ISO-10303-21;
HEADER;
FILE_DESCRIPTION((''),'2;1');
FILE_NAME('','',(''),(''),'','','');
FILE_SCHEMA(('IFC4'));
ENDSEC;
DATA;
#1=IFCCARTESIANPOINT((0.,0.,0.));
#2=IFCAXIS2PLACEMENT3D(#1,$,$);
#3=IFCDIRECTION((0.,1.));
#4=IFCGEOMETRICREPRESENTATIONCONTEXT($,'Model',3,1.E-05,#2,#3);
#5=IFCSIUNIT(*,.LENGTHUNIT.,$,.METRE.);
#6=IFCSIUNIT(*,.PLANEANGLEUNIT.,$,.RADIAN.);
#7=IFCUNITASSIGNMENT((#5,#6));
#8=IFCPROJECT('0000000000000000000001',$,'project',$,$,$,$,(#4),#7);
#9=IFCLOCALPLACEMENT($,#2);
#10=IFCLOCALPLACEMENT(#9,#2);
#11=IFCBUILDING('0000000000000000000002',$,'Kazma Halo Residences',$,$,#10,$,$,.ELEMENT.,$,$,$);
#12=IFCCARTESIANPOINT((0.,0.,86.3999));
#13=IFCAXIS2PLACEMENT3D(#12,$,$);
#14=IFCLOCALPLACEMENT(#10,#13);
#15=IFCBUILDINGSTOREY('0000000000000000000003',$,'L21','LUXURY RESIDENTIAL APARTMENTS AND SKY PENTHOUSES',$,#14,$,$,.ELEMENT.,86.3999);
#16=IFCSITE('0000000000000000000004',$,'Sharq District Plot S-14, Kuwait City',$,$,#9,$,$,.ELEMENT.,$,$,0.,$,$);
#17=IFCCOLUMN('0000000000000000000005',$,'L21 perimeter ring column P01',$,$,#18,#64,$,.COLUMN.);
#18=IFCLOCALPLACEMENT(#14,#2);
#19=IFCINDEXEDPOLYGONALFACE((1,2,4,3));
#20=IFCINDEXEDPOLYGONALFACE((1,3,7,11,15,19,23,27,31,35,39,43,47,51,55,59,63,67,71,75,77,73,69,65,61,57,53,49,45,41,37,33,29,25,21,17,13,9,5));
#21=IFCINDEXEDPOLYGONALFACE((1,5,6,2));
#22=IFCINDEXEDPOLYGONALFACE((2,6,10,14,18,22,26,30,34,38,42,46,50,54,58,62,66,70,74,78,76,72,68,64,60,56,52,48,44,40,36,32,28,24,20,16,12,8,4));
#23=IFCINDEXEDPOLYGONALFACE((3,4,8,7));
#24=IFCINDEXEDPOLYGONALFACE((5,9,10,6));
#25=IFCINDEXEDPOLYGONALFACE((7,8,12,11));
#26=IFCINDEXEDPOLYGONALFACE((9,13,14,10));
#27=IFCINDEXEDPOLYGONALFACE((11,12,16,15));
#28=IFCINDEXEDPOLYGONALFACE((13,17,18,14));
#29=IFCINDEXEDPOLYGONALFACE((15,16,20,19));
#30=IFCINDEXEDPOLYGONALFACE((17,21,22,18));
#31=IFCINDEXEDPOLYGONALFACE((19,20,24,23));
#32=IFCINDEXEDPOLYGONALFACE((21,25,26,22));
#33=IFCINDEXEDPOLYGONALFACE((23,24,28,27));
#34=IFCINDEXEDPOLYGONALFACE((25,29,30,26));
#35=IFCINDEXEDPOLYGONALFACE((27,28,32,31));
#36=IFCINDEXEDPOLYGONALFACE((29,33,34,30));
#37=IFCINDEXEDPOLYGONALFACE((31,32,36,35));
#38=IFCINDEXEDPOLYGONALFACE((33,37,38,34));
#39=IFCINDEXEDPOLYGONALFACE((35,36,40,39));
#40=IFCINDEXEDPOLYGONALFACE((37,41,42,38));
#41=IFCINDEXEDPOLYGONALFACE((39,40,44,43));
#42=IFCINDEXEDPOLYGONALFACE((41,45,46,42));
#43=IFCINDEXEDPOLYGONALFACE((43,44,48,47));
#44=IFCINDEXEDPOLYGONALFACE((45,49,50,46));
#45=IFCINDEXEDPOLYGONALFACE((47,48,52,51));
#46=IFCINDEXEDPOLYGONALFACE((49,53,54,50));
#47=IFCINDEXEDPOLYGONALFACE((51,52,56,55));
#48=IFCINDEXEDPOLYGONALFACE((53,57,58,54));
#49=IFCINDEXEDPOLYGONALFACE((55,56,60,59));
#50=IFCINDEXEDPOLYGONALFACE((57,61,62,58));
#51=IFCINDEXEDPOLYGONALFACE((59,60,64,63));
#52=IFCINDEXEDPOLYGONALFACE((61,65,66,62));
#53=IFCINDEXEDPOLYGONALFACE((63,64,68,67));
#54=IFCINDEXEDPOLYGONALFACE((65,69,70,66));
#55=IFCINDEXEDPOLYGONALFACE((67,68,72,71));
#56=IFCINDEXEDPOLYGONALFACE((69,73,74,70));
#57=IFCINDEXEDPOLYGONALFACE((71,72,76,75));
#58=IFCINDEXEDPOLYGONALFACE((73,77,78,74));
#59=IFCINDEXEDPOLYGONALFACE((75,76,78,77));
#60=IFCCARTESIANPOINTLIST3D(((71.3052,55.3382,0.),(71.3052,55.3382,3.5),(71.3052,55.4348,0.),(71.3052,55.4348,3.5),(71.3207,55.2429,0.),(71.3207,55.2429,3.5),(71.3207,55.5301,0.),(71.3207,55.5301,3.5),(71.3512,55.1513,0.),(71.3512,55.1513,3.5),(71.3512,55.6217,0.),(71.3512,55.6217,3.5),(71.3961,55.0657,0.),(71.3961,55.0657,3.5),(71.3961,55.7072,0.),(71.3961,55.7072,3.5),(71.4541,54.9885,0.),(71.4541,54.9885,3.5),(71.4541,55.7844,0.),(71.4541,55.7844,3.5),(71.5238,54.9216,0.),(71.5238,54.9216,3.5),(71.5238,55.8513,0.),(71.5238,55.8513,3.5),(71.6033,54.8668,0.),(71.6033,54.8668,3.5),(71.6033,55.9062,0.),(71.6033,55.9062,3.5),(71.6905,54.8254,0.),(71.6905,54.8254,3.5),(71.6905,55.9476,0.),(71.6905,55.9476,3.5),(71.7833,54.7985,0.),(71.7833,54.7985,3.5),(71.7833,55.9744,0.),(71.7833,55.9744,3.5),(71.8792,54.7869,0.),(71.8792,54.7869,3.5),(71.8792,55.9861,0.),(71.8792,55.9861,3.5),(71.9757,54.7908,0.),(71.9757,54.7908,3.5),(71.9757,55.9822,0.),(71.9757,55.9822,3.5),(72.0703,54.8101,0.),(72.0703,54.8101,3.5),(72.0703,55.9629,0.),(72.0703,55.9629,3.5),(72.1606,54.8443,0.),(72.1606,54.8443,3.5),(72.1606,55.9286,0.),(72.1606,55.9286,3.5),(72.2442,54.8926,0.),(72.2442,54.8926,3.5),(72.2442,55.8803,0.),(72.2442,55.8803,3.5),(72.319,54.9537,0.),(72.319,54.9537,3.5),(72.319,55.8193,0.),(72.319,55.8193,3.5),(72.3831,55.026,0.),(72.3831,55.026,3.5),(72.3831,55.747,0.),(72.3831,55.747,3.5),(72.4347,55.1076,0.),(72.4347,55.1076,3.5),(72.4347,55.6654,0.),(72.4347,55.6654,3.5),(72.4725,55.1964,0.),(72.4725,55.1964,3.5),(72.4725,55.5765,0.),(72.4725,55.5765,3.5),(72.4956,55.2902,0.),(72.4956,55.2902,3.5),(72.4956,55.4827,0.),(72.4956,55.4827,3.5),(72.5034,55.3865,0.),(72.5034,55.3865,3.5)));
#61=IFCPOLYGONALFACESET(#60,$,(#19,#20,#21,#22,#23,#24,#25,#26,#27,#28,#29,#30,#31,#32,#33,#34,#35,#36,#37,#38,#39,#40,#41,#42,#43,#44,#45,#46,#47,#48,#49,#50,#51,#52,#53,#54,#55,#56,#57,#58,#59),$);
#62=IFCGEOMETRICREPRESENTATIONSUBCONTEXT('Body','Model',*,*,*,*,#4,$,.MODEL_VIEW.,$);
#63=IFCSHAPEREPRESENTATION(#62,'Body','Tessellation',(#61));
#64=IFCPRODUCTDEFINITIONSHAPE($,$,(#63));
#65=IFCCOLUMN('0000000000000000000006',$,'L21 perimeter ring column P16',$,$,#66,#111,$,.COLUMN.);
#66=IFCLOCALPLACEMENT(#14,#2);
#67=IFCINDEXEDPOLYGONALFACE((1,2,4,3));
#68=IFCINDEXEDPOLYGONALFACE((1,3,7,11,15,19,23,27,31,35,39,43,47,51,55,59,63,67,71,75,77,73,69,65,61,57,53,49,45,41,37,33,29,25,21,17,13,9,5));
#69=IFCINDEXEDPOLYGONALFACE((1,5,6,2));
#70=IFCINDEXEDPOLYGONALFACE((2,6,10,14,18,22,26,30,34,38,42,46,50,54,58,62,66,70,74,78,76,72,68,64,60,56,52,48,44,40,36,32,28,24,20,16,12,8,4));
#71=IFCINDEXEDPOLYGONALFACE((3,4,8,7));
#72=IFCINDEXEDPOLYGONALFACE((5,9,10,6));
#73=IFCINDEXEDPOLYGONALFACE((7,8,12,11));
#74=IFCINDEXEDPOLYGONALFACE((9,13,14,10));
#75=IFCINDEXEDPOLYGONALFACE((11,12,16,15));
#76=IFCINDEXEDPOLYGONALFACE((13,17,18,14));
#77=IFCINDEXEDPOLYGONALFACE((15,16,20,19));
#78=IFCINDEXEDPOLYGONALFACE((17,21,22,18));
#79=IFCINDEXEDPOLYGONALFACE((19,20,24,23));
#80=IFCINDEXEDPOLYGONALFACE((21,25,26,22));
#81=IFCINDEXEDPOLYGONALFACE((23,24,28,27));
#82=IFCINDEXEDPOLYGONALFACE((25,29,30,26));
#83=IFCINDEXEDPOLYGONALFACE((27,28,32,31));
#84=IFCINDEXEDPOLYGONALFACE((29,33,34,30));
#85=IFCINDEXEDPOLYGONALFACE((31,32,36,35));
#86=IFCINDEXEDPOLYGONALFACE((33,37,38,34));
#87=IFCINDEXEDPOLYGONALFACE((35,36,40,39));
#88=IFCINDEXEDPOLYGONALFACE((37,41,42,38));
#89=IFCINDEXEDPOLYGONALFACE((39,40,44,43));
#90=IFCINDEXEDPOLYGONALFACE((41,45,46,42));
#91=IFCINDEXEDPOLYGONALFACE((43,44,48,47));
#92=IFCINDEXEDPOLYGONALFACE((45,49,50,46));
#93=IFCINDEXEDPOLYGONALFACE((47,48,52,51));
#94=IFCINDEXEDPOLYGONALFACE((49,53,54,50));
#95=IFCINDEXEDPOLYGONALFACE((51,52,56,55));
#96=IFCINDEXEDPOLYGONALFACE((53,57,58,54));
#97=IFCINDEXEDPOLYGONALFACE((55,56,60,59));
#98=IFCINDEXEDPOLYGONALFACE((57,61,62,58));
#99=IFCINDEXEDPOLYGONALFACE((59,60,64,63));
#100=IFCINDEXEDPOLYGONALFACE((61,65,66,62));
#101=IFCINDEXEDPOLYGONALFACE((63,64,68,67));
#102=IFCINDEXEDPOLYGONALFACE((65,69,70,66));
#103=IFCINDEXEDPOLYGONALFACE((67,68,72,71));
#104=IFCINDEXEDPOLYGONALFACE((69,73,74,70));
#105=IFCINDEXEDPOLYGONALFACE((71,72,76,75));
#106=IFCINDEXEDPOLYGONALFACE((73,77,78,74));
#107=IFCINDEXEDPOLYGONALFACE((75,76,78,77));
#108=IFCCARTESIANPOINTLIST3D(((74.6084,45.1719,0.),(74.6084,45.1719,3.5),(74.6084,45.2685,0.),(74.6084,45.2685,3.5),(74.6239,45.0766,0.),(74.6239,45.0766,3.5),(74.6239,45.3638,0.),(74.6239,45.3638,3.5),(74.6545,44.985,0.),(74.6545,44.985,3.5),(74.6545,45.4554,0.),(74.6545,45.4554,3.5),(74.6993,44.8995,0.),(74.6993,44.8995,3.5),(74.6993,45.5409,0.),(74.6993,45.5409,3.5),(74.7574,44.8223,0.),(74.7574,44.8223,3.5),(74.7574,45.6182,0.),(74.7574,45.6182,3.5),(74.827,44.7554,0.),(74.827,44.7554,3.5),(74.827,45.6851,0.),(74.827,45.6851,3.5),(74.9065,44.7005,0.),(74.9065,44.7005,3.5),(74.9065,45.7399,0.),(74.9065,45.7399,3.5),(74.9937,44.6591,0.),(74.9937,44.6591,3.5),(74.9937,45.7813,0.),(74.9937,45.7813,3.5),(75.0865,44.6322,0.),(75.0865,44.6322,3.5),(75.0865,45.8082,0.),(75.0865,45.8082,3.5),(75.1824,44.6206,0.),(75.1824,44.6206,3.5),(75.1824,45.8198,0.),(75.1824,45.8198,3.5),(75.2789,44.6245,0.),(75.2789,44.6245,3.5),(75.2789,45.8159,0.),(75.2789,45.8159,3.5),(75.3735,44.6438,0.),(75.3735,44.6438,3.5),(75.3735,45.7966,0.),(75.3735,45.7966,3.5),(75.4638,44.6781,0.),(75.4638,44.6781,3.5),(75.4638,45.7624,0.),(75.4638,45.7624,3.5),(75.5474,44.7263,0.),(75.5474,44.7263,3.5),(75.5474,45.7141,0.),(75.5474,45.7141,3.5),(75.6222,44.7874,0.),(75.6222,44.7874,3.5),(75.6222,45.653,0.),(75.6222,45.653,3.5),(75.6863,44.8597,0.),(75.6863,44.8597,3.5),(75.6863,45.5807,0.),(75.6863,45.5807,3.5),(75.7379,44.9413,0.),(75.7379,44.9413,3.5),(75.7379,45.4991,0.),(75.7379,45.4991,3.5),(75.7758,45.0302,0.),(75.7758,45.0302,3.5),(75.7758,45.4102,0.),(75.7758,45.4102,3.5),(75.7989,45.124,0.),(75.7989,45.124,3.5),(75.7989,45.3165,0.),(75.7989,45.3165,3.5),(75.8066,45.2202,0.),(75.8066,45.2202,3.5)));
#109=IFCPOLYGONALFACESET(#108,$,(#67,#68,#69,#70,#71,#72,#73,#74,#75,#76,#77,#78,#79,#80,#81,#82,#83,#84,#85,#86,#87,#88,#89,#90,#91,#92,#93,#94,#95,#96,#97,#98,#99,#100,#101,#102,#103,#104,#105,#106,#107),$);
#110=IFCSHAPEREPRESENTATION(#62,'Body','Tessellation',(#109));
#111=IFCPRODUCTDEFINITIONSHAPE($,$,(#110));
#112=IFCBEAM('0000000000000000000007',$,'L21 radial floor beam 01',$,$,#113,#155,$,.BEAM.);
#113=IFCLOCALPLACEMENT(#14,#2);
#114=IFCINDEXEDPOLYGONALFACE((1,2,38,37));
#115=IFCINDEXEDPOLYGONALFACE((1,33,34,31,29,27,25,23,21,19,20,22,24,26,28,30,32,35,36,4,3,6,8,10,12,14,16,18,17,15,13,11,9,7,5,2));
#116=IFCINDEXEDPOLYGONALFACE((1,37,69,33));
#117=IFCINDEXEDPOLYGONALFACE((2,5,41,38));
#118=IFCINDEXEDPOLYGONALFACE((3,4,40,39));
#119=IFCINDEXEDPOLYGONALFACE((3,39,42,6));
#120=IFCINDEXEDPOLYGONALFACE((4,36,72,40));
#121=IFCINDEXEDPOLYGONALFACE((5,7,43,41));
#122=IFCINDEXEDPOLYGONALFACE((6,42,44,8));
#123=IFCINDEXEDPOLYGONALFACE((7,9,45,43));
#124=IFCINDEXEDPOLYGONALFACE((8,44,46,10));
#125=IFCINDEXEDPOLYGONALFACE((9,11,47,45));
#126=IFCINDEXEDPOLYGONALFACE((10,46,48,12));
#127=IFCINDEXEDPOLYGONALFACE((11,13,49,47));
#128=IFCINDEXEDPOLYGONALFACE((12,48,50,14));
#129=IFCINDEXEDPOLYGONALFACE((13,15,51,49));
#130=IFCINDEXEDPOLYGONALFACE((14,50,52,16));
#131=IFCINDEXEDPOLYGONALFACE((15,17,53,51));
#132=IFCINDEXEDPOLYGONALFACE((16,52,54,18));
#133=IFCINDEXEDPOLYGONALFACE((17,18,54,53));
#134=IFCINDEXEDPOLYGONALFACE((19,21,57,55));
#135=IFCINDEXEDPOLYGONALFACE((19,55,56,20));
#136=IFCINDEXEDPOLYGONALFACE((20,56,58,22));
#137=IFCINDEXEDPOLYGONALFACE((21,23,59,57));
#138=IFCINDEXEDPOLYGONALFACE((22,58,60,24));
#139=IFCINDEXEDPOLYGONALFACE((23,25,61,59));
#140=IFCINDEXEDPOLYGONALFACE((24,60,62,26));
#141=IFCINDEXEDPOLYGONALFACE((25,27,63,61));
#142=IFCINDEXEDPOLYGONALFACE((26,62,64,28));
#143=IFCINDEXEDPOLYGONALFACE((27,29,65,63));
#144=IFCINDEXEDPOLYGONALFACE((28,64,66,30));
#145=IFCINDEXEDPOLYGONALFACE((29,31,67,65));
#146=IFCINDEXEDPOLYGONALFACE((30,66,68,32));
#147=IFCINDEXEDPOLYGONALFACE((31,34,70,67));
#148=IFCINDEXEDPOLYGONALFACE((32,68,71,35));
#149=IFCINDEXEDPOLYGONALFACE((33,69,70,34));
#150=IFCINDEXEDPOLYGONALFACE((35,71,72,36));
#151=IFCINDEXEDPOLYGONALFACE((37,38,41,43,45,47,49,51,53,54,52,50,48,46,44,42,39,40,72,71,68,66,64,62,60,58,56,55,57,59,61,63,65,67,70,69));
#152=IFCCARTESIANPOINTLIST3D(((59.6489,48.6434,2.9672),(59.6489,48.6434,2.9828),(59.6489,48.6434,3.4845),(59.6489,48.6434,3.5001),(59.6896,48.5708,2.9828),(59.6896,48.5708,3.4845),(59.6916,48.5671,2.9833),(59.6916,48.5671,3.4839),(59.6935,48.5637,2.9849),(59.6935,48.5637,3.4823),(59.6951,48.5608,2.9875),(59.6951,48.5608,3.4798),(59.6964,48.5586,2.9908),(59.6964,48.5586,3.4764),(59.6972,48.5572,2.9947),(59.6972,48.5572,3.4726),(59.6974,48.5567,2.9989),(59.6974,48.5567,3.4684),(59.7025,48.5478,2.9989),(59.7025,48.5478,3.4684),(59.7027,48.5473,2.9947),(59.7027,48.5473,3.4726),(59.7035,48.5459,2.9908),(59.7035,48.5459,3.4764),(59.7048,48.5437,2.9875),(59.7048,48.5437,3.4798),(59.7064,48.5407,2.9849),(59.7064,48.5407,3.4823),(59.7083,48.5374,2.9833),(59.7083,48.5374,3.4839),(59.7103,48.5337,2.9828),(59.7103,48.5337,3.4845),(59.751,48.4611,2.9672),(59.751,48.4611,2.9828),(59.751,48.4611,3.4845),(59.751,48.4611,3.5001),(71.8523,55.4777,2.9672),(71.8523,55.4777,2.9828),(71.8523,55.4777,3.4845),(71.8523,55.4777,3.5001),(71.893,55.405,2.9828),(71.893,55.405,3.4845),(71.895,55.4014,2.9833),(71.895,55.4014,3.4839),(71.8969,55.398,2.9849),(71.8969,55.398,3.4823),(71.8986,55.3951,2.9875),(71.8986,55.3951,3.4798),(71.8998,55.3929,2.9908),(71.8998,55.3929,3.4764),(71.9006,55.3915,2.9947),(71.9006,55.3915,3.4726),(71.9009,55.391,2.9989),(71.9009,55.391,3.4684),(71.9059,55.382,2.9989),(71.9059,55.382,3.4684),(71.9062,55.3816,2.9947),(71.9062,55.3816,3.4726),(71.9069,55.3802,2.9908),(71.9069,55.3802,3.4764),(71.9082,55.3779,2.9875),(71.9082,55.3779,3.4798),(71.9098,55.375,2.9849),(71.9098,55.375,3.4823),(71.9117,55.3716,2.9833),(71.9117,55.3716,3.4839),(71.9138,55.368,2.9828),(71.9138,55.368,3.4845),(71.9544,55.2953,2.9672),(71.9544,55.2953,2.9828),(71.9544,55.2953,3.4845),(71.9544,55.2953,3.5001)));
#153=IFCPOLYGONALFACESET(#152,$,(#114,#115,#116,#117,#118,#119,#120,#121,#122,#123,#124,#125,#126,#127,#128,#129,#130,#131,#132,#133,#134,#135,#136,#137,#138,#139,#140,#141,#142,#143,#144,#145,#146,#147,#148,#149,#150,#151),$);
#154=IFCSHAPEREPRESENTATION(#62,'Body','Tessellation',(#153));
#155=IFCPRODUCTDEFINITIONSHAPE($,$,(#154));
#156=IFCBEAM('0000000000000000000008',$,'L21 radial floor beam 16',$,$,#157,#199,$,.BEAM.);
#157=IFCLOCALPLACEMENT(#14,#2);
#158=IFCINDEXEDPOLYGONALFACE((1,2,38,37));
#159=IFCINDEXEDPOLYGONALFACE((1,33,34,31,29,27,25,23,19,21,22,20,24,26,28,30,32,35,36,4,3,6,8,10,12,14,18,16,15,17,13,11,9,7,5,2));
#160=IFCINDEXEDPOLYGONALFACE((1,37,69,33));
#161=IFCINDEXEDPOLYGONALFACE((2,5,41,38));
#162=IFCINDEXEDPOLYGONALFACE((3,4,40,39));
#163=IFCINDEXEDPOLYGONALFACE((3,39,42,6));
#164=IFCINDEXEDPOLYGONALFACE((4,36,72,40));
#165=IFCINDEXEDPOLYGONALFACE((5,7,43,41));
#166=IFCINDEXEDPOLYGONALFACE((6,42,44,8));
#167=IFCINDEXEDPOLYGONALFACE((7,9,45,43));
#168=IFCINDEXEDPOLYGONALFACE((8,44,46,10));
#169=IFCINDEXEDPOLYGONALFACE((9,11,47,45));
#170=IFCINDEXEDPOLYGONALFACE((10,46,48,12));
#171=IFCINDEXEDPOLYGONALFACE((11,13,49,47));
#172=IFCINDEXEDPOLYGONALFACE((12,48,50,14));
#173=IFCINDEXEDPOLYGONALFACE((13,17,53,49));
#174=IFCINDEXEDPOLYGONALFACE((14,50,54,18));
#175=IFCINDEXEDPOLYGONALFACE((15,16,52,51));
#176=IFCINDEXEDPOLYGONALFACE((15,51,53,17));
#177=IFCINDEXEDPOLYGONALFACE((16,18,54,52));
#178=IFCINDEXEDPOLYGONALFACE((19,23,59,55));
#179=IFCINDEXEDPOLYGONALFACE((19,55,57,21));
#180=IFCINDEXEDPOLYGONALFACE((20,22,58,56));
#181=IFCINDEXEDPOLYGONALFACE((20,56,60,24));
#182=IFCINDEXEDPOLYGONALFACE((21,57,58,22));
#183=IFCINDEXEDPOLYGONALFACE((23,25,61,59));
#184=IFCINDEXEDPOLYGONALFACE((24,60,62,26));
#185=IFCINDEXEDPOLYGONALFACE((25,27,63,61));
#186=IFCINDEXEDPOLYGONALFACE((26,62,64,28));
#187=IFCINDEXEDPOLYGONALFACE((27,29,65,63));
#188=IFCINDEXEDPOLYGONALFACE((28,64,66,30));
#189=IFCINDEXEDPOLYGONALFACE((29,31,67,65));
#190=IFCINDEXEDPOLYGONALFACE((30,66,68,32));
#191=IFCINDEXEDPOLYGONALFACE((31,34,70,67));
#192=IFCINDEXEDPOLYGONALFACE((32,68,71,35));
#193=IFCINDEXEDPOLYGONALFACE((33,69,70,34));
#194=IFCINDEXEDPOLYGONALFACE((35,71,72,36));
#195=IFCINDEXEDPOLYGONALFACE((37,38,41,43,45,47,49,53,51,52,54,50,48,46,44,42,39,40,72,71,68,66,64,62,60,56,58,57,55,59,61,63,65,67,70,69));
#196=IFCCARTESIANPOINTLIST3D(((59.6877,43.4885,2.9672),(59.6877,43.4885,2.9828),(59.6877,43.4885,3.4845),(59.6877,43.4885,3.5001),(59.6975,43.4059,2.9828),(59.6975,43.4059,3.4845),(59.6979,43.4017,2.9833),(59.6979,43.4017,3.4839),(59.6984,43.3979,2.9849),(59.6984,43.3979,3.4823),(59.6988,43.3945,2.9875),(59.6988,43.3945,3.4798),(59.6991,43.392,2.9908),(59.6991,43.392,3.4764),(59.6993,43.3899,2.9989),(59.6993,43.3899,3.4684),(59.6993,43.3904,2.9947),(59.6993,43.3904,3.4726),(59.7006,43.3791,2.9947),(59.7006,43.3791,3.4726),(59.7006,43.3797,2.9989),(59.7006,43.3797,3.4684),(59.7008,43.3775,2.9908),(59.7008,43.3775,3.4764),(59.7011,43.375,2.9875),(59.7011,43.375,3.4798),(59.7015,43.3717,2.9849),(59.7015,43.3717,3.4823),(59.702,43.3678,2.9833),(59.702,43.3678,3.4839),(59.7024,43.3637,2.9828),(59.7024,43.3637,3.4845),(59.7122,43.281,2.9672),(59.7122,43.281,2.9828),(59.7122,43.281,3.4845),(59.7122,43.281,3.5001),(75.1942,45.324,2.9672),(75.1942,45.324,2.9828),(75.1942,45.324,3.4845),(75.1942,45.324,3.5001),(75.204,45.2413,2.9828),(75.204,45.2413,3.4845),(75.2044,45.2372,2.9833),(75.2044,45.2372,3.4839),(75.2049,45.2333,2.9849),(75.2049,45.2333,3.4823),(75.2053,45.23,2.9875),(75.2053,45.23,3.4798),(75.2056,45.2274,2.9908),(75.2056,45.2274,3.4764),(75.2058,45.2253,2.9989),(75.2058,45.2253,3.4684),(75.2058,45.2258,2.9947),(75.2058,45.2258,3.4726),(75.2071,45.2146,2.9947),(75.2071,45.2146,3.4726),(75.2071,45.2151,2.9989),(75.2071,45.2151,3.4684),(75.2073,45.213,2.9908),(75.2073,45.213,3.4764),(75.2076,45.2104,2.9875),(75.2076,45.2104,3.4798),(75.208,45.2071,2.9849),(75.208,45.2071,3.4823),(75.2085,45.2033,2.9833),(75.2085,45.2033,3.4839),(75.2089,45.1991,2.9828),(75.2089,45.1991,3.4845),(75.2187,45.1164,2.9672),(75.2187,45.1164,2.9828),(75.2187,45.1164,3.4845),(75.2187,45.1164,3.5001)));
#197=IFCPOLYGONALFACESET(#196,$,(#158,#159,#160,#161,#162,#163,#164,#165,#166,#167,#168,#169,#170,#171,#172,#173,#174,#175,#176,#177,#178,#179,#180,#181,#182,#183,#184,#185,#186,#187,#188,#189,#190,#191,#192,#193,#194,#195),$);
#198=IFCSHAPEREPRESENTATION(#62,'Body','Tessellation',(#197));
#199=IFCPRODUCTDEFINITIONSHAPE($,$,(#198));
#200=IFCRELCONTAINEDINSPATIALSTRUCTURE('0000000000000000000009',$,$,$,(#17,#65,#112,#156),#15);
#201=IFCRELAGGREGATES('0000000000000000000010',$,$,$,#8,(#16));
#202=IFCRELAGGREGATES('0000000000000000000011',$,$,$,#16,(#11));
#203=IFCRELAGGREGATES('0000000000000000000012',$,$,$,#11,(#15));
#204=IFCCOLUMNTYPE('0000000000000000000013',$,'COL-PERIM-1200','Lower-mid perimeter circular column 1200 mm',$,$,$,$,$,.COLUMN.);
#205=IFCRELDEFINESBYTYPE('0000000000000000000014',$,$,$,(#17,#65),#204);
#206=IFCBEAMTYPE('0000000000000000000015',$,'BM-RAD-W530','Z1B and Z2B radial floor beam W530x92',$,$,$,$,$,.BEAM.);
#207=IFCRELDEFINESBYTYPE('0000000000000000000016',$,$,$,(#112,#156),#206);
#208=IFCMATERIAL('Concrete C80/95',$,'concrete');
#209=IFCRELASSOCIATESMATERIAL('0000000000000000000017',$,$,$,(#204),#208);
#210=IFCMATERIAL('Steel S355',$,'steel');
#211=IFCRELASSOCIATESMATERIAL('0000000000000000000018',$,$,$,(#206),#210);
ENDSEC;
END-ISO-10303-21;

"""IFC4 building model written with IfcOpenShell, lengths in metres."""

from ifc_helpers import new_model, si_unit, direction, frame, origin, origin_2d, place, context, subcontext, project, spatial, circle, i_section, extrude, material, material_profile, profile_set, type_object, element, save


model = new_model("IFC4")

# Units and contexts
model_context = context("Model", 3, precision=1e-05, world=origin(), true_north=direction((0.0, 1.0)))
body_context = subcontext(model_context, "Body", "Model", "MODEL_VIEW")
ifc_project = project(units=[si_unit("LENGTHUNIT", "METRE"), si_unit("PLANEANGLEUNIT", "RADIAN")], contexts=[model_context])

# Site, building, storey
site_placement = place(None, origin())
site = spatial("IfcSite", under=ifc_project, at=site_placement, Name="Sharq District Plot S-14, Kuwait City", CompositionType="ELEMENT", RefElevation=0.0)
building_placement = place(site_placement, origin())
building = spatial("IfcBuilding", under=site, at=building_placement, Name="Kazma Halo Residences", CompositionType="ELEMENT")
storey_placement = place(building_placement, frame((0.0, 0.0, 86.3999)))
storey = spatial("IfcBuildingStorey", under=building, at=storey_placement, Name="L21", Description="LUXURY RESIDENTIAL APARTMENTS AND SKY PENTHOUSES", CompositionType="ELEMENT", Elevation=86.3999)

# Columns
ifc_material_1 = material(Name="Concrete C80/95", Category="concrete")
ifc_material_profile_1 = material_profile(ifc_material_1, circle(Radius=0.6001, at=origin_2d()), Name="CIRC1200")
ifc_profile_set_1 = profile_set([ifc_material_profile_1], Name="Concrete C80/95")
column_type = type_object("IfcColumnType", Name="COL-PERIM-1200", Description="Lower-mid perimeter circular column 1200 mm", PredefinedType="COLUMN", material=ifc_profile_set_1)
for number, where, z_axis, x_axis, name in (
    (1, (71.9033, 55.3865, 0.0), (0.0, 0.0, 1.0), (1.0, 0.0, 0.0), "L21 perimeter ring column P01"),
    (2, (75.2065, 45.2202, 0.0), (0.0, 0.0, 1.0), (1.0, 0.0, 0.0), "L21 perimeter ring column P16"),
):
    element("IfcColumn", number, at=place(storey_placement, frame(where, z_axis=z_axis, x_axis=x_axis)), inside=storey, type_object=column_type, Name=name, PredefinedType="COLUMN", context=body_context, shape_type="SweptSolid", body=[
        extrude(circle(Radius=0.6001, at=origin_2d()), origin(), (0.0, 0.0, 1.0), 3.5),
    ])

# Beams
ifc_material_2 = material(Name="Steel S355", Category="steel")
ifc_material_profile_2 = material_profile(ifc_material_2, i_section(OverallWidth=0.209, OverallDepth=0.533, WebThickness=0.0103, FlangeThickness=0.0156, FilletRadius=0.0161, at=origin_2d()), Name="W530x92")
ifc_profile_set_2 = profile_set([ifc_material_profile_2], Name="Steel S355")
beam_type_1 = type_object("IfcBeamType", Name="BM-RAD-W530", Description="Z1B and Z2B radial floor beam W530x92", PredefinedType="BEAM", material=ifc_profile_set_2)
beam_1_placement = place(storey_placement, frame((59.7, 48.5522, 3.2336), z_axis=(0.872496, 0.488622, 0.0), x_axis=(-0.488622, 0.872496, 0.0)))
element("IfcBeam", 3, at=beam_1_placement, inside=storey, type_object=beam_type_1, Name="L21 radial floor beam 01", PredefinedType="BEAM", context=body_context, shape_type="SweptSolid", body=[
    extrude(i_section(OverallWidth=0.209, OverallDepth=0.533, WebThickness=0.0103, FlangeThickness=0.0156, FilletRadius=0.0161, at=origin_2d()), origin(), (0.0, 0.0, 1.0), 13.9868),
])
beam_2_placement = place(storey_placement, frame((59.7, 43.3848, 3.2336), z_axis=(0.993068, 0.117545, 0.0), x_axis=(-0.117545, 0.993068, 0.0)))
element("IfcBeam", 4, at=beam_2_placement, inside=storey, type_object=beam_type_1, Name="L21 radial floor beam 16", PredefinedType="BEAM", context=body_context, shape_type="SweptSolid", body=[
    extrude(i_section(OverallWidth=0.209, OverallDepth=0.533, WebThickness=0.0103, FlangeThickness=0.0156, FilletRadius=0.0161, at=origin_2d()), origin(), (0.0, 0.0, 1.0), 15.6147),
])

save(model, "model.ifc")
